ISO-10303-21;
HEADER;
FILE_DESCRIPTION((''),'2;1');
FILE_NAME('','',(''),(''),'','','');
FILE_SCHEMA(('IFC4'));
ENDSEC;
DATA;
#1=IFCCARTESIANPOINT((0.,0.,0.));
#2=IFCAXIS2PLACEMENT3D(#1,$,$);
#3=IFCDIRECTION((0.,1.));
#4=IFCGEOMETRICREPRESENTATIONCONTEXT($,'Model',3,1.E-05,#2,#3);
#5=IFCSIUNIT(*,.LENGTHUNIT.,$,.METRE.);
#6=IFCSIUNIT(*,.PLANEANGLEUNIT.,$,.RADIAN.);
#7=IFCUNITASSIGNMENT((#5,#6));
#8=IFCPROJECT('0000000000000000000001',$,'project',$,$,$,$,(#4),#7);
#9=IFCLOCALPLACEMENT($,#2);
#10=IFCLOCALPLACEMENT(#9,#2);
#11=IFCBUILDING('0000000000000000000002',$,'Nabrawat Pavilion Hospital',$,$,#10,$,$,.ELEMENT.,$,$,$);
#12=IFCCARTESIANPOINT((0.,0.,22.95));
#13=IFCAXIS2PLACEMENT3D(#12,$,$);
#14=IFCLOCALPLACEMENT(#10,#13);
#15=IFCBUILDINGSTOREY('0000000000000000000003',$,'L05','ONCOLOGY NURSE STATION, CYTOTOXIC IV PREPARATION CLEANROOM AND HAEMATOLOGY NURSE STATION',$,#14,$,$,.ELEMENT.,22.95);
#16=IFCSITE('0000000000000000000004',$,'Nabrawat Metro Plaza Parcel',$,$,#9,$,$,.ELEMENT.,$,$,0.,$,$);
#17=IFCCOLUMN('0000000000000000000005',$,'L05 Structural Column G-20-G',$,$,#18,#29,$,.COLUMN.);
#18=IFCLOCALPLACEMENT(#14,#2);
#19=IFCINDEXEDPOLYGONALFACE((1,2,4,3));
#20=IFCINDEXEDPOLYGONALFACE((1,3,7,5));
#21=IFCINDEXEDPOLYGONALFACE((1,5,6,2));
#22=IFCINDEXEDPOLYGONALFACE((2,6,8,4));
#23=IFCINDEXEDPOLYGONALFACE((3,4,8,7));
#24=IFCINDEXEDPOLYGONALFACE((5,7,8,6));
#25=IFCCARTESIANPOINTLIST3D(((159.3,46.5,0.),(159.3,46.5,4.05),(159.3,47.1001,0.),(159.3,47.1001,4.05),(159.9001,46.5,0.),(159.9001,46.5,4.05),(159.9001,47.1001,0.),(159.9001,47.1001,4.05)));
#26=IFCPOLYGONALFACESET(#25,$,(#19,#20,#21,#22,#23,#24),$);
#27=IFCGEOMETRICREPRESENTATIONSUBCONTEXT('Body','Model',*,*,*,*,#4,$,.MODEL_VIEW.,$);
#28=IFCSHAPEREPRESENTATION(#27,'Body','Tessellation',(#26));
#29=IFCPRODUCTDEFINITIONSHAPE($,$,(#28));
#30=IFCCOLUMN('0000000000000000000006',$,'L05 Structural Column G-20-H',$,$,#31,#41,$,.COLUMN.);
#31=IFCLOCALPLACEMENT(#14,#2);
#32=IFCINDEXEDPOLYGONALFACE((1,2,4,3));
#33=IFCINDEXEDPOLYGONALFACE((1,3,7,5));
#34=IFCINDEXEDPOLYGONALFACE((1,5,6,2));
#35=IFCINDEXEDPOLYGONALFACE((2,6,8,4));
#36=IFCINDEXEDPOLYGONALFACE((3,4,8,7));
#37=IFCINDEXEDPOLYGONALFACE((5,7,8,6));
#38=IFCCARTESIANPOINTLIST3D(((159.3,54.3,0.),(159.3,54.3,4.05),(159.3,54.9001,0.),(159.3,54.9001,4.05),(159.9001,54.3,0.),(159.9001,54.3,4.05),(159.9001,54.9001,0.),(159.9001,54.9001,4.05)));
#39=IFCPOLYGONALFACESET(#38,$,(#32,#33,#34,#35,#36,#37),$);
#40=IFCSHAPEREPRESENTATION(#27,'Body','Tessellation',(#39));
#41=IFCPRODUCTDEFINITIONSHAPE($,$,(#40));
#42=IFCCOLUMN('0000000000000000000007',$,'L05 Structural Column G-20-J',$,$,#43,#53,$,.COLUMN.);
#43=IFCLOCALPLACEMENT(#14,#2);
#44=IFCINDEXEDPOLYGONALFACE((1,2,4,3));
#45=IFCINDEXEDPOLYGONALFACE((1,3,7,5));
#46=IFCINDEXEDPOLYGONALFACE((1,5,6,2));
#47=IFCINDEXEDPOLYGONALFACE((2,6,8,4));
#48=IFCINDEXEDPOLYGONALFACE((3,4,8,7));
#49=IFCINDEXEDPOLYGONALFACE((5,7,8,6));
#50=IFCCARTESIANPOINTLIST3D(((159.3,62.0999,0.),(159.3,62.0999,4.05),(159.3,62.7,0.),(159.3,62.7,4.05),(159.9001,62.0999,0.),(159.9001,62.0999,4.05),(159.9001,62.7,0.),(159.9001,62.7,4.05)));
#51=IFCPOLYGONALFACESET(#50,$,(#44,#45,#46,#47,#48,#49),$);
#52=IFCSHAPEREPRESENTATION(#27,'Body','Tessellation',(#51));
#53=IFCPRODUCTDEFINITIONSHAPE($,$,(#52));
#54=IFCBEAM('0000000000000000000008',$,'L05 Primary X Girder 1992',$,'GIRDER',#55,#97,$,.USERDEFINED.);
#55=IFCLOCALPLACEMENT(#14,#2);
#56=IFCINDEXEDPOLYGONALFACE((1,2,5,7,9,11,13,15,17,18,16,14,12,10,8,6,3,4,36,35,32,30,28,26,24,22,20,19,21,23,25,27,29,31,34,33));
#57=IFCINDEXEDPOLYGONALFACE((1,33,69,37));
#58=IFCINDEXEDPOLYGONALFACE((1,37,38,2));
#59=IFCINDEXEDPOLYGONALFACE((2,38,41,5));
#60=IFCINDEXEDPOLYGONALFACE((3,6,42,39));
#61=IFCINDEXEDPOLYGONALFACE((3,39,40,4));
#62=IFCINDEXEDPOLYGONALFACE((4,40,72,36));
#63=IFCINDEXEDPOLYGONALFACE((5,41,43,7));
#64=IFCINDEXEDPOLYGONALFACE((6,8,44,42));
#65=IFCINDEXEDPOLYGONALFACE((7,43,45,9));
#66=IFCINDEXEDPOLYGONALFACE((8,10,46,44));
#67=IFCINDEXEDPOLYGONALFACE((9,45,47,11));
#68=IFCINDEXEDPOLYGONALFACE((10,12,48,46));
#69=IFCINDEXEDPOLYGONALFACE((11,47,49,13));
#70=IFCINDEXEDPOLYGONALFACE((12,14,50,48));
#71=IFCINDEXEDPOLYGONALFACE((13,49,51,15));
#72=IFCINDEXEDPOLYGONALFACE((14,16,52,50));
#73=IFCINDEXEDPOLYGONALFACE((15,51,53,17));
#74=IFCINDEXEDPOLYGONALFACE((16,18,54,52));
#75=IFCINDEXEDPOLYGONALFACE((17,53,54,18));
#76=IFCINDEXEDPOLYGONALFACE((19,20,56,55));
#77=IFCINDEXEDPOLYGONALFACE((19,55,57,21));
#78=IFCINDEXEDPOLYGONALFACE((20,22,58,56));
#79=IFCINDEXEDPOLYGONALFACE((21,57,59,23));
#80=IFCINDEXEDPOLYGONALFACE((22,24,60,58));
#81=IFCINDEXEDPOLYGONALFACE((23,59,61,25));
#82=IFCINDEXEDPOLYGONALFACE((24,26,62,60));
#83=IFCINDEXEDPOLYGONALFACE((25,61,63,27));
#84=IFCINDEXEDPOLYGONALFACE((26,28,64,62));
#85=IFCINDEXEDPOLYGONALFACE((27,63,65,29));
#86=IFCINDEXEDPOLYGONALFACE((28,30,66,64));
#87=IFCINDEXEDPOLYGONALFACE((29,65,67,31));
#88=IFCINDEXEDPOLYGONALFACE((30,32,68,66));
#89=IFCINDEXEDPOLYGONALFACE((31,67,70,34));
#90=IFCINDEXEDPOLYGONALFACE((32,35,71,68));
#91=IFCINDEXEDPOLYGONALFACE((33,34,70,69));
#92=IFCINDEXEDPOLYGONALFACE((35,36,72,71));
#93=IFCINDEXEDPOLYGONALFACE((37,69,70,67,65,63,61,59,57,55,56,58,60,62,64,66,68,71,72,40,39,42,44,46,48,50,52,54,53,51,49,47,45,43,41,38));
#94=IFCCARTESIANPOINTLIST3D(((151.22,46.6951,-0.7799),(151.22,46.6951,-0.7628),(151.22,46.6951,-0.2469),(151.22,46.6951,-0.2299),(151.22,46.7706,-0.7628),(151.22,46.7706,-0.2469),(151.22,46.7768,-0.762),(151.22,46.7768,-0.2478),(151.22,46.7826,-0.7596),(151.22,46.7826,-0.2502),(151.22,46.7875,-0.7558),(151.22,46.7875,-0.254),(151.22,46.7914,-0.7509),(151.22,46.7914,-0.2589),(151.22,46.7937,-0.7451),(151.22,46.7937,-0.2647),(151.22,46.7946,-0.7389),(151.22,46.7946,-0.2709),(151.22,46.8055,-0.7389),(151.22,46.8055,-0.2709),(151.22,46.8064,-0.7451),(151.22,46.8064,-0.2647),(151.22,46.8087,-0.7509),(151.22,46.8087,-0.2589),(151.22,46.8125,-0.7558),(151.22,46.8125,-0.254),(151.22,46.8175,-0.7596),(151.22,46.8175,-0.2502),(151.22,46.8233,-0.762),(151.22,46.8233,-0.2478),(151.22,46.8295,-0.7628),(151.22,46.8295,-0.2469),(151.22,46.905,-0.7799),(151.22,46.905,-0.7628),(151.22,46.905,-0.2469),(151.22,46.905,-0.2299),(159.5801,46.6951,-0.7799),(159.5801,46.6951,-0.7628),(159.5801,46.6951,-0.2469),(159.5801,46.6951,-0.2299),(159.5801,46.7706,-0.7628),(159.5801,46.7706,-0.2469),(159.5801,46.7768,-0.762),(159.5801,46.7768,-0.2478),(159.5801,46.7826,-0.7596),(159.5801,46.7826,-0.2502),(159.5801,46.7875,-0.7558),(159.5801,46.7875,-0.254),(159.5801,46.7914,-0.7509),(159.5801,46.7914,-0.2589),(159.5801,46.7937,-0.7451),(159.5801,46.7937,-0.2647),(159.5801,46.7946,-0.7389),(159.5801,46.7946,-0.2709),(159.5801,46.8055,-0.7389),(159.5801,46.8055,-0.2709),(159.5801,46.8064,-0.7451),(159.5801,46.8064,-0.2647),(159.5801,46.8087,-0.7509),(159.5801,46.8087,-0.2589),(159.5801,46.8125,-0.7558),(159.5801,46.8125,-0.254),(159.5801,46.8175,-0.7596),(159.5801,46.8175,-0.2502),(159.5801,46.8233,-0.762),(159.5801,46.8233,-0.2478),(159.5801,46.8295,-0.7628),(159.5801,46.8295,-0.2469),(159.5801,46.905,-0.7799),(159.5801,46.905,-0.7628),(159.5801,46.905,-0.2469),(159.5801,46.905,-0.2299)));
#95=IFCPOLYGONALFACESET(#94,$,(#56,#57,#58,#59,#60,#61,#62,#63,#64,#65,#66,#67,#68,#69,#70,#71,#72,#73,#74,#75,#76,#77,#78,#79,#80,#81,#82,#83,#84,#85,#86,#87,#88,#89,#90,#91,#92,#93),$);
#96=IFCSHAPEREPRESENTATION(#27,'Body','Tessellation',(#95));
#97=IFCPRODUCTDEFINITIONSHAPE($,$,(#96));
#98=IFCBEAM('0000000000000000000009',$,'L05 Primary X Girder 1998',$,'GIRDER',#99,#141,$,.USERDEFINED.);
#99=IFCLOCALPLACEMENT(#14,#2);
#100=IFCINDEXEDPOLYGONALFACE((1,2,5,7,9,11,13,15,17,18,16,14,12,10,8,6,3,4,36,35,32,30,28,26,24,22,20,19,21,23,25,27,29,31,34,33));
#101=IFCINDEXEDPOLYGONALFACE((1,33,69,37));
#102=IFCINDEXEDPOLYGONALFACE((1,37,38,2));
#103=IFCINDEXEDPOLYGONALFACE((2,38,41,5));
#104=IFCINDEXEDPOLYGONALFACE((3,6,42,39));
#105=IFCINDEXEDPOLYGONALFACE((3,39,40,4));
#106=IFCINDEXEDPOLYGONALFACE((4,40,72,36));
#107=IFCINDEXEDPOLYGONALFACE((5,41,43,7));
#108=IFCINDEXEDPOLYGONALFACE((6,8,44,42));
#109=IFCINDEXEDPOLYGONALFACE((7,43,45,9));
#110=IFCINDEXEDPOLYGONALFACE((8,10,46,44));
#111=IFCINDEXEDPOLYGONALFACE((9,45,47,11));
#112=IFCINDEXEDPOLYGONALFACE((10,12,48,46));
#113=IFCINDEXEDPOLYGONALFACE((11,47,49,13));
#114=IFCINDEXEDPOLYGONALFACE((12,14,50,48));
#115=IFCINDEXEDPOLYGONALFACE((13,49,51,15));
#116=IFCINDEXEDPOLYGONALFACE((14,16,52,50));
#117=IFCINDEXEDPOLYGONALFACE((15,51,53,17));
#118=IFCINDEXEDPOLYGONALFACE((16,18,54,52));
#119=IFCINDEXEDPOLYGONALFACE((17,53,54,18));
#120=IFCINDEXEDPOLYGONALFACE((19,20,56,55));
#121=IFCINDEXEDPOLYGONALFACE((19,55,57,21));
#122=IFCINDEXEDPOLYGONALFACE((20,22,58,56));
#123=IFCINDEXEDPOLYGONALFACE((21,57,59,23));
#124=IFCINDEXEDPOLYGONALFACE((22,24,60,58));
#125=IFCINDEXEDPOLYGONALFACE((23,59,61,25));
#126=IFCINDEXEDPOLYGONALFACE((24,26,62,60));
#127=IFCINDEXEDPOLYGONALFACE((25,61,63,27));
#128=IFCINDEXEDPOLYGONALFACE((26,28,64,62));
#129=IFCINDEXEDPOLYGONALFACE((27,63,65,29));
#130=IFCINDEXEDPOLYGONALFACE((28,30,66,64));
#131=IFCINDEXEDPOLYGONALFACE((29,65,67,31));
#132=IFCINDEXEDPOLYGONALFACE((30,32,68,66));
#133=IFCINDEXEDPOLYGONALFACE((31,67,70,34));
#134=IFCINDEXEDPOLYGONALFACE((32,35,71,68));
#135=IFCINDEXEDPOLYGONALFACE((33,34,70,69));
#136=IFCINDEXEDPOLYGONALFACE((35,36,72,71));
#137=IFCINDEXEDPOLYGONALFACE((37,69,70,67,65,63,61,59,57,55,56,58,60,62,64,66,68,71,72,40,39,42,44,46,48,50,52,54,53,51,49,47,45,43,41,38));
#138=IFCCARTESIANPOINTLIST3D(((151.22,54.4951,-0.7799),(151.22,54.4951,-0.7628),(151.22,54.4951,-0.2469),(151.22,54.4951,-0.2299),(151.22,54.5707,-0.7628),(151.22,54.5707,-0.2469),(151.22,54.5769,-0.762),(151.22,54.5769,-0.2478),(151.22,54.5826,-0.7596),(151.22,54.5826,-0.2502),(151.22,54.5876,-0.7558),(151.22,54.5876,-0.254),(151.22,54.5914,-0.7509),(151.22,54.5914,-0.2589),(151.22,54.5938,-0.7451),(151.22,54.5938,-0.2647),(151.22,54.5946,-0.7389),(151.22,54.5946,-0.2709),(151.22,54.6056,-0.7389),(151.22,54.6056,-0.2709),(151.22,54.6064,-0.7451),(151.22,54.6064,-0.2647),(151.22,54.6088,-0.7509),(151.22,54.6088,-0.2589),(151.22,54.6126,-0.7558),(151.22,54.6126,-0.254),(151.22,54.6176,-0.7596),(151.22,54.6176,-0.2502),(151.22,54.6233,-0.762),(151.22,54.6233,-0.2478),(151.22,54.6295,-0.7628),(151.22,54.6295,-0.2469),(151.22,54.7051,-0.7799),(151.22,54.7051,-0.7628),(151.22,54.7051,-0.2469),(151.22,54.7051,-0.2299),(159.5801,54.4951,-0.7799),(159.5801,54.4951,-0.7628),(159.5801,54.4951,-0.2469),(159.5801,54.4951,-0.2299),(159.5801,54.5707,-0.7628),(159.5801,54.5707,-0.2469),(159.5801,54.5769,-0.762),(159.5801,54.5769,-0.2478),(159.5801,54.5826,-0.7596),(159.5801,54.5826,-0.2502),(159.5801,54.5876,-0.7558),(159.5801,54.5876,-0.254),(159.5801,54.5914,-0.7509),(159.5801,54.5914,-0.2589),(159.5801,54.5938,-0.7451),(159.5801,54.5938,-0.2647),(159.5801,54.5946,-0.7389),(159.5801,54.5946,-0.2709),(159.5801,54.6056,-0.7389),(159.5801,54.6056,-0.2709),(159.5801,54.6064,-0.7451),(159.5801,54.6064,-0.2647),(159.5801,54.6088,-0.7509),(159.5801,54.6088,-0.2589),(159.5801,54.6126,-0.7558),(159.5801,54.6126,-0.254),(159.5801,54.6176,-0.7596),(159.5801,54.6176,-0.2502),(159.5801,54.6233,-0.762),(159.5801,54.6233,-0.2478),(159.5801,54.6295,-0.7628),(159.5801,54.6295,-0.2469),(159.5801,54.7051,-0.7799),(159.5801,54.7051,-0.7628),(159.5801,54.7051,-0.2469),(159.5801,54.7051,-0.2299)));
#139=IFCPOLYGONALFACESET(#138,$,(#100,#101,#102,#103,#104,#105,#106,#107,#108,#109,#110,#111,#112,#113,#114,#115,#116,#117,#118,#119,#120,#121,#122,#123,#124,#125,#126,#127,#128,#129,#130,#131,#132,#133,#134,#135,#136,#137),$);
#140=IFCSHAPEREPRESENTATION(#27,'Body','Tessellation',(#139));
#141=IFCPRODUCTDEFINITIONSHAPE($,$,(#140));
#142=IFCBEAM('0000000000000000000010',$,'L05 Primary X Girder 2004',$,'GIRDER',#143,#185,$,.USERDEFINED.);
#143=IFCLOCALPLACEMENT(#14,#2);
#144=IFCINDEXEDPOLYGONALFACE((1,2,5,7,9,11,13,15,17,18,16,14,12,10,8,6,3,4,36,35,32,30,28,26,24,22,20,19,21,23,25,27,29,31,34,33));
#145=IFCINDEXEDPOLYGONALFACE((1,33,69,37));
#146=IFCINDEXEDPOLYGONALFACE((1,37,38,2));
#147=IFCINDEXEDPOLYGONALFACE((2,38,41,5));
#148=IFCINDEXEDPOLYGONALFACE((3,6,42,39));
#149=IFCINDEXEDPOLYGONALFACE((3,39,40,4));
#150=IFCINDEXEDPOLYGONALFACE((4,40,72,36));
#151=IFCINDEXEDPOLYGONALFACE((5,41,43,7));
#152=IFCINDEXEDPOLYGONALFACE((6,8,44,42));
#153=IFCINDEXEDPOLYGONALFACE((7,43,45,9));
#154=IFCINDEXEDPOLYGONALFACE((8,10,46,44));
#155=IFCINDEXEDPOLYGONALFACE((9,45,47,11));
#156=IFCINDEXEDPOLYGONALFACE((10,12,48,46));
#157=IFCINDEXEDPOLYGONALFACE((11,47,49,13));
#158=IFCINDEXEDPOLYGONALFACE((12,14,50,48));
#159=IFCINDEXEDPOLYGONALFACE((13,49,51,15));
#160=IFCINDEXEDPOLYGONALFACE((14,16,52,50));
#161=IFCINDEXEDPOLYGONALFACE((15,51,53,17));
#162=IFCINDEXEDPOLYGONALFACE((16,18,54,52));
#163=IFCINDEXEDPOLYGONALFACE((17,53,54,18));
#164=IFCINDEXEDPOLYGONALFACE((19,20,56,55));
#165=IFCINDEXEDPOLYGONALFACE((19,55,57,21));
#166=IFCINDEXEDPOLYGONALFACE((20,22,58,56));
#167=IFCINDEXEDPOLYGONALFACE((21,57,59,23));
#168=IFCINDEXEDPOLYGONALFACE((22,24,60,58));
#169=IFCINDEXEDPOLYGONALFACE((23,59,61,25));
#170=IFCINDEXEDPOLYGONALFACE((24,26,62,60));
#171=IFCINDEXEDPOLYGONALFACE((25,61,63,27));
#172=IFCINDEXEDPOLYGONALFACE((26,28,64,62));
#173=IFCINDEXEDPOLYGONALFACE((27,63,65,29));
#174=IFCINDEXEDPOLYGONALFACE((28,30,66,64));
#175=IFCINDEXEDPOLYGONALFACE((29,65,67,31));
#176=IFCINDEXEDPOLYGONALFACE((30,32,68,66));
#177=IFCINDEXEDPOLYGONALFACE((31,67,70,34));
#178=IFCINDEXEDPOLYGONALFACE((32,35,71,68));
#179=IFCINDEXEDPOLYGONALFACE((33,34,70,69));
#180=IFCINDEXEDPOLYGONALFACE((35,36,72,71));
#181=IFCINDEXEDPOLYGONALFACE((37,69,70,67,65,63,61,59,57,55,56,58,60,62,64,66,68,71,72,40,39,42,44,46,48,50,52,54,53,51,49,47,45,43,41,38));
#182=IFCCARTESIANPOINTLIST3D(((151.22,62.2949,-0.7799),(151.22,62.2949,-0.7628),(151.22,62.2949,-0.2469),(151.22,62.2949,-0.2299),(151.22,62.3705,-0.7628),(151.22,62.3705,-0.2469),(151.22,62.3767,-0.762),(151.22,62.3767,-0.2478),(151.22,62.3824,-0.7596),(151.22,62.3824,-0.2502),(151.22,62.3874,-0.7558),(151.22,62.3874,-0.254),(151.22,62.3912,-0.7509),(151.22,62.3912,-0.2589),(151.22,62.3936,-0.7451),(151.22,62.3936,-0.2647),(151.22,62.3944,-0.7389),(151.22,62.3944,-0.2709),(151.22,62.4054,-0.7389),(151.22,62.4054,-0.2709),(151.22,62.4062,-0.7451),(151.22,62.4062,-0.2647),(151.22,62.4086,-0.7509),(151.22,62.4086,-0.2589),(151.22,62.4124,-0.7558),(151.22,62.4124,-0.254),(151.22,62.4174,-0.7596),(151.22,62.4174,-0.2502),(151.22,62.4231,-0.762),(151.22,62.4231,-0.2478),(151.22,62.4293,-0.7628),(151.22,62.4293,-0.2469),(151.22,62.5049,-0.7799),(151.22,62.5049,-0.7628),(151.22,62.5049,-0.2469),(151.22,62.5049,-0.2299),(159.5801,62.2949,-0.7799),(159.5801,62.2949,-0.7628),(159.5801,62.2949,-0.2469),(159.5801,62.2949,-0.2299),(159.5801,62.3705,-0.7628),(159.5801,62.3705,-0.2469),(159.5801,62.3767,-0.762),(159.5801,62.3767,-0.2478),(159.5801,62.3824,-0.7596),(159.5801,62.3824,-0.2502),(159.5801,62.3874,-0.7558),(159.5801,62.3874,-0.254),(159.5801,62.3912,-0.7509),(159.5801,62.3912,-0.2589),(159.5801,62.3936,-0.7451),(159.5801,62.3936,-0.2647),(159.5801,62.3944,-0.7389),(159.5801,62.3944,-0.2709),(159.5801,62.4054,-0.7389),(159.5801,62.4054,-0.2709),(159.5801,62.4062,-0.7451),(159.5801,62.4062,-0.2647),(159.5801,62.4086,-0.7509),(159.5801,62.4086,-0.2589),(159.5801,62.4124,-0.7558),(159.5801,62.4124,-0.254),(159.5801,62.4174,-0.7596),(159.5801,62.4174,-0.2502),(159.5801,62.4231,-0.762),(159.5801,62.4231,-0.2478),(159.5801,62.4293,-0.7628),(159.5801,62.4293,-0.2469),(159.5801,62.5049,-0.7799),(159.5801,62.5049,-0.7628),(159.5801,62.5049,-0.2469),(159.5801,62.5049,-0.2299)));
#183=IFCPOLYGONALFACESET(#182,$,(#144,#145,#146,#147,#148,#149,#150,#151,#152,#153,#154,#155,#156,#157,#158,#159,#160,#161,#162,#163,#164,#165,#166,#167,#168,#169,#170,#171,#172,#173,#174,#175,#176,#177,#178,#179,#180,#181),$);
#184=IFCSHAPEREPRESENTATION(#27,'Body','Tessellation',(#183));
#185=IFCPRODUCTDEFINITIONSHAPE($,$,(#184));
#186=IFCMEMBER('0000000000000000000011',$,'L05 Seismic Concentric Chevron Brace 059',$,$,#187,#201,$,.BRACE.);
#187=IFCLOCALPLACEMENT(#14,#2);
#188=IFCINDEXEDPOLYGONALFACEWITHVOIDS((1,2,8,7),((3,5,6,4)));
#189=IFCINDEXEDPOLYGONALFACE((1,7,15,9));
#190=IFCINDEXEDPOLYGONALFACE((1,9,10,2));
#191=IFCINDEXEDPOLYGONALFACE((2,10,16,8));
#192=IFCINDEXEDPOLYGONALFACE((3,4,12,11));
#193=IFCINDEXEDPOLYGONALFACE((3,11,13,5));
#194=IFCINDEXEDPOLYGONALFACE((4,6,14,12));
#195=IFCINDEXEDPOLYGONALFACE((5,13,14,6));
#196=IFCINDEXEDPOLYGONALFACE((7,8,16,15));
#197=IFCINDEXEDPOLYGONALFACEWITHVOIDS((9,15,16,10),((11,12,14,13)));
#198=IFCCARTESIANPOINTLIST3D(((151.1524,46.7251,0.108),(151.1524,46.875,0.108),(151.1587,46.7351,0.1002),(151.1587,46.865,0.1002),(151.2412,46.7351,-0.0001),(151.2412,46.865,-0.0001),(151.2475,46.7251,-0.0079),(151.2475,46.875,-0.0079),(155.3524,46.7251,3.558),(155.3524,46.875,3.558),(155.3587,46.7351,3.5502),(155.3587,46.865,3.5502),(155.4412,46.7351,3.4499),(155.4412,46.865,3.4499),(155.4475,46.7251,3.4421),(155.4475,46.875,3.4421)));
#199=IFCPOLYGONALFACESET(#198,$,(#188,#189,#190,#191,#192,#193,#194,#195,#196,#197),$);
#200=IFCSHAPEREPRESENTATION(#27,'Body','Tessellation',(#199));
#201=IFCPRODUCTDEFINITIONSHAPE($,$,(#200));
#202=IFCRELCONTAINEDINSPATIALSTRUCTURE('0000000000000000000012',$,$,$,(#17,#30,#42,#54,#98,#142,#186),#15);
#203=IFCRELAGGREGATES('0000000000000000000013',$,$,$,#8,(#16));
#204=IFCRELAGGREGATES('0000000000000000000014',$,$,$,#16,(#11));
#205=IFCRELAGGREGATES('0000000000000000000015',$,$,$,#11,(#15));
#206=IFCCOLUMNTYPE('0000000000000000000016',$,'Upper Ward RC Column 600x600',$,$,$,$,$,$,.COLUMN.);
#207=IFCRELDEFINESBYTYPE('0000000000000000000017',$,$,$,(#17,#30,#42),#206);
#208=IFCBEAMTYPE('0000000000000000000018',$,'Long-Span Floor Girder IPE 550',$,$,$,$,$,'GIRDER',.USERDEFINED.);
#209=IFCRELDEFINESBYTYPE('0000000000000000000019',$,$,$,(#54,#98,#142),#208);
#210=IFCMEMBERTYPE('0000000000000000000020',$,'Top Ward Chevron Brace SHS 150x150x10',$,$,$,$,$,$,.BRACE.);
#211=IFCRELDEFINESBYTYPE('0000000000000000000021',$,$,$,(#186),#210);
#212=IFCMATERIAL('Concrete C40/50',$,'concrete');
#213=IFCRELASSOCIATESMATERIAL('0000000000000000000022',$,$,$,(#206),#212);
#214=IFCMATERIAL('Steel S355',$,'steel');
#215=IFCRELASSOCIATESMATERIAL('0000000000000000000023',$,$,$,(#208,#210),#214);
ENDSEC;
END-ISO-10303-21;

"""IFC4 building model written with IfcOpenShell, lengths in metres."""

from ifc_helpers import new_model, si_unit, direction, frame, origin, origin_2d, place, context, subcontext, project, spatial, rectangle, hollow_rectangle, i_section, extrude, material, material_profile, profile_set, type_object, element, save


model = new_model("IFC4")

# Units and contexts
model_context = context("Model", 3, precision=1e-05, world=origin(), true_north=direction((0.0, 1.0)))
body_context = subcontext(model_context, "Body", "Model", "MODEL_VIEW")
ifc_project = project(units=[si_unit("LENGTHUNIT", "METRE"), si_unit("PLANEANGLEUNIT", "RADIAN")], contexts=[model_context])

# Site, building, storey
site_placement = place(None, origin())
site = spatial("IfcSite", under=ifc_project, at=site_placement, Name="Nabrawat Metro Plaza Parcel", CompositionType="ELEMENT", RefElevation=0.0)
building_placement = place(site_placement, origin())
building = spatial("IfcBuilding", under=site, at=building_placement, Name="Nabrawat Pavilion Hospital", CompositionType="ELEMENT")
storey_placement = place(building_placement, frame((0.0, 0.0, 22.95)))
storey = spatial("IfcBuildingStorey", under=building, at=storey_placement, Name="L05", Description="ONCOLOGY NURSE STATION, CYTOTOXIC IV PREPARATION CLEANROOM AND HAEMATOLOGY NURSE STATION", CompositionType="ELEMENT", Elevation=22.95)

# Columns
ifc_material_1 = material(Name="Concrete C40/50", Category="concrete")
ifc_material_profile_1 = material_profile(ifc_material_1, rectangle(XDim=0.6001, YDim=0.6001, at=origin_2d()), Name="RC 600x600")
ifc_profile_set_1 = profile_set([ifc_material_profile_1], Name="Concrete C40/50")
column_type = type_object("IfcColumnType", Name="Upper Ward RC Column 600x600", PredefinedType="COLUMN", material=ifc_profile_set_1)
for number, where, z_axis, x_axis, name in (
    (1, (159.6001, 46.8, 0.0), (0.0, 0.0, 1.0), (1.0, 0.0, 0.0), "L05 Structural Column G-20-G"),
    (2, (159.6001, 54.6001, 0.0), (0.0, 0.0, 1.0), (1.0, 0.0, 0.0), "L05 Structural Column G-20-H"),
    (3, (159.6001, 62.3999, 0.0), (0.0, 0.0, 1.0), (1.0, 0.0, 0.0), "L05 Structural Column G-20-J"),
):
    element("IfcColumn", number, at=place(storey_placement, frame(where, z_axis=z_axis, x_axis=x_axis)), inside=storey, type_object=column_type, Name=name, PredefinedType="COLUMN", context=body_context, shape_type="SweptSolid", body=[
        extrude(rectangle(XDim=0.6001, YDim=0.6001, at=origin_2d()), origin(), (0.0, 0.0, 1.0), 4.05),
    ])

# Beams
ifc_material_2 = material(Name="Steel S355", Category="steel")
ifc_material_profile_2 = material_profile(ifc_material_2, i_section(OverallWidth=0.21, OverallDepth=0.55, WebThickness=0.011, FlangeThickness=0.0171, FilletRadius=0.0239, at=origin_2d()), Name="IPE 550")
ifc_profile_set_2 = profile_set([ifc_material_profile_2], Name="Steel S355")
beam_type_1 = type_object("IfcBeamType", Name="Long-Span Floor Girder IPE 550", ElementType="GIRDER", PredefinedType="USERDEFINED", material=ifc_profile_set_2)
for number, where, z_axis, x_axis, name in (
    (4, (151.22, 46.8, -0.5049), (1.0, 0.0, 0.0), (0.0, 1.0, 0.0), "L05 Primary X Girder 1992"),
    (5, (151.22, 54.6001, -0.5049), (1.0, 0.0, 0.0), (0.0, 1.0, 0.0), "L05 Primary X Girder 1998"),
    (6, (151.22, 62.3999, -0.5049), (1.0, 0.0, 0.0), (0.0, 1.0, 0.0), "L05 Primary X Girder 2004"),
):
    element("IfcBeam", number, at=place(storey_placement, frame(where, z_axis=z_axis, x_axis=x_axis)), inside=storey, type_object=beam_type_1, Name=name, ObjectType="GIRDER", PredefinedType="USERDEFINED", context=body_context, shape_type="SweptSolid", body=[
        extrude(i_section(OverallWidth=0.21, OverallDepth=0.55, WebThickness=0.011, FlangeThickness=0.0171, FilletRadius=0.0239, at=origin_2d()), origin(), (0.0, 0.0, 1.0), 8.3601),
    ])

# Member
ifc_material_profile_3 = material_profile(ifc_material_2, hollow_rectangle(XDim=0.1499, YDim=0.1499, WallThickness=0.01, at=origin_2d()), Name="SHS 150x150x10")
ifc_profile_set_3 = profile_set([ifc_material_profile_3], Name="Steel S355")
member_type = type_object("IfcMemberType", Name="Top Ward Chevron Brace SHS 150x150x10", PredefinedType="BRACE", material=ifc_profile_set_3)
for number, where, z_axis, x_axis, name in (
    (7, (151.2, 46.8, 0.05), (0.772727, 0.0, 0.634738), (0.0, 1.0, 0.0), "L05 Seismic Concentric Chevron Brace 059"),
):
    element("IfcMember", number, at=place(storey_placement, frame(where, z_axis=z_axis, x_axis=x_axis)), inside=storey, type_object=member_type, Name=name, PredefinedType="BRACE", context=body_context, shape_type="SweptSolid", body=[
        extrude(hollow_rectangle(XDim=0.1499, YDim=0.1499, WallThickness=0.01, at=origin_2d()), origin(), (0.0, 0.0, 1.0), 5.4353),
    ])

save(model, "model.ifc")
